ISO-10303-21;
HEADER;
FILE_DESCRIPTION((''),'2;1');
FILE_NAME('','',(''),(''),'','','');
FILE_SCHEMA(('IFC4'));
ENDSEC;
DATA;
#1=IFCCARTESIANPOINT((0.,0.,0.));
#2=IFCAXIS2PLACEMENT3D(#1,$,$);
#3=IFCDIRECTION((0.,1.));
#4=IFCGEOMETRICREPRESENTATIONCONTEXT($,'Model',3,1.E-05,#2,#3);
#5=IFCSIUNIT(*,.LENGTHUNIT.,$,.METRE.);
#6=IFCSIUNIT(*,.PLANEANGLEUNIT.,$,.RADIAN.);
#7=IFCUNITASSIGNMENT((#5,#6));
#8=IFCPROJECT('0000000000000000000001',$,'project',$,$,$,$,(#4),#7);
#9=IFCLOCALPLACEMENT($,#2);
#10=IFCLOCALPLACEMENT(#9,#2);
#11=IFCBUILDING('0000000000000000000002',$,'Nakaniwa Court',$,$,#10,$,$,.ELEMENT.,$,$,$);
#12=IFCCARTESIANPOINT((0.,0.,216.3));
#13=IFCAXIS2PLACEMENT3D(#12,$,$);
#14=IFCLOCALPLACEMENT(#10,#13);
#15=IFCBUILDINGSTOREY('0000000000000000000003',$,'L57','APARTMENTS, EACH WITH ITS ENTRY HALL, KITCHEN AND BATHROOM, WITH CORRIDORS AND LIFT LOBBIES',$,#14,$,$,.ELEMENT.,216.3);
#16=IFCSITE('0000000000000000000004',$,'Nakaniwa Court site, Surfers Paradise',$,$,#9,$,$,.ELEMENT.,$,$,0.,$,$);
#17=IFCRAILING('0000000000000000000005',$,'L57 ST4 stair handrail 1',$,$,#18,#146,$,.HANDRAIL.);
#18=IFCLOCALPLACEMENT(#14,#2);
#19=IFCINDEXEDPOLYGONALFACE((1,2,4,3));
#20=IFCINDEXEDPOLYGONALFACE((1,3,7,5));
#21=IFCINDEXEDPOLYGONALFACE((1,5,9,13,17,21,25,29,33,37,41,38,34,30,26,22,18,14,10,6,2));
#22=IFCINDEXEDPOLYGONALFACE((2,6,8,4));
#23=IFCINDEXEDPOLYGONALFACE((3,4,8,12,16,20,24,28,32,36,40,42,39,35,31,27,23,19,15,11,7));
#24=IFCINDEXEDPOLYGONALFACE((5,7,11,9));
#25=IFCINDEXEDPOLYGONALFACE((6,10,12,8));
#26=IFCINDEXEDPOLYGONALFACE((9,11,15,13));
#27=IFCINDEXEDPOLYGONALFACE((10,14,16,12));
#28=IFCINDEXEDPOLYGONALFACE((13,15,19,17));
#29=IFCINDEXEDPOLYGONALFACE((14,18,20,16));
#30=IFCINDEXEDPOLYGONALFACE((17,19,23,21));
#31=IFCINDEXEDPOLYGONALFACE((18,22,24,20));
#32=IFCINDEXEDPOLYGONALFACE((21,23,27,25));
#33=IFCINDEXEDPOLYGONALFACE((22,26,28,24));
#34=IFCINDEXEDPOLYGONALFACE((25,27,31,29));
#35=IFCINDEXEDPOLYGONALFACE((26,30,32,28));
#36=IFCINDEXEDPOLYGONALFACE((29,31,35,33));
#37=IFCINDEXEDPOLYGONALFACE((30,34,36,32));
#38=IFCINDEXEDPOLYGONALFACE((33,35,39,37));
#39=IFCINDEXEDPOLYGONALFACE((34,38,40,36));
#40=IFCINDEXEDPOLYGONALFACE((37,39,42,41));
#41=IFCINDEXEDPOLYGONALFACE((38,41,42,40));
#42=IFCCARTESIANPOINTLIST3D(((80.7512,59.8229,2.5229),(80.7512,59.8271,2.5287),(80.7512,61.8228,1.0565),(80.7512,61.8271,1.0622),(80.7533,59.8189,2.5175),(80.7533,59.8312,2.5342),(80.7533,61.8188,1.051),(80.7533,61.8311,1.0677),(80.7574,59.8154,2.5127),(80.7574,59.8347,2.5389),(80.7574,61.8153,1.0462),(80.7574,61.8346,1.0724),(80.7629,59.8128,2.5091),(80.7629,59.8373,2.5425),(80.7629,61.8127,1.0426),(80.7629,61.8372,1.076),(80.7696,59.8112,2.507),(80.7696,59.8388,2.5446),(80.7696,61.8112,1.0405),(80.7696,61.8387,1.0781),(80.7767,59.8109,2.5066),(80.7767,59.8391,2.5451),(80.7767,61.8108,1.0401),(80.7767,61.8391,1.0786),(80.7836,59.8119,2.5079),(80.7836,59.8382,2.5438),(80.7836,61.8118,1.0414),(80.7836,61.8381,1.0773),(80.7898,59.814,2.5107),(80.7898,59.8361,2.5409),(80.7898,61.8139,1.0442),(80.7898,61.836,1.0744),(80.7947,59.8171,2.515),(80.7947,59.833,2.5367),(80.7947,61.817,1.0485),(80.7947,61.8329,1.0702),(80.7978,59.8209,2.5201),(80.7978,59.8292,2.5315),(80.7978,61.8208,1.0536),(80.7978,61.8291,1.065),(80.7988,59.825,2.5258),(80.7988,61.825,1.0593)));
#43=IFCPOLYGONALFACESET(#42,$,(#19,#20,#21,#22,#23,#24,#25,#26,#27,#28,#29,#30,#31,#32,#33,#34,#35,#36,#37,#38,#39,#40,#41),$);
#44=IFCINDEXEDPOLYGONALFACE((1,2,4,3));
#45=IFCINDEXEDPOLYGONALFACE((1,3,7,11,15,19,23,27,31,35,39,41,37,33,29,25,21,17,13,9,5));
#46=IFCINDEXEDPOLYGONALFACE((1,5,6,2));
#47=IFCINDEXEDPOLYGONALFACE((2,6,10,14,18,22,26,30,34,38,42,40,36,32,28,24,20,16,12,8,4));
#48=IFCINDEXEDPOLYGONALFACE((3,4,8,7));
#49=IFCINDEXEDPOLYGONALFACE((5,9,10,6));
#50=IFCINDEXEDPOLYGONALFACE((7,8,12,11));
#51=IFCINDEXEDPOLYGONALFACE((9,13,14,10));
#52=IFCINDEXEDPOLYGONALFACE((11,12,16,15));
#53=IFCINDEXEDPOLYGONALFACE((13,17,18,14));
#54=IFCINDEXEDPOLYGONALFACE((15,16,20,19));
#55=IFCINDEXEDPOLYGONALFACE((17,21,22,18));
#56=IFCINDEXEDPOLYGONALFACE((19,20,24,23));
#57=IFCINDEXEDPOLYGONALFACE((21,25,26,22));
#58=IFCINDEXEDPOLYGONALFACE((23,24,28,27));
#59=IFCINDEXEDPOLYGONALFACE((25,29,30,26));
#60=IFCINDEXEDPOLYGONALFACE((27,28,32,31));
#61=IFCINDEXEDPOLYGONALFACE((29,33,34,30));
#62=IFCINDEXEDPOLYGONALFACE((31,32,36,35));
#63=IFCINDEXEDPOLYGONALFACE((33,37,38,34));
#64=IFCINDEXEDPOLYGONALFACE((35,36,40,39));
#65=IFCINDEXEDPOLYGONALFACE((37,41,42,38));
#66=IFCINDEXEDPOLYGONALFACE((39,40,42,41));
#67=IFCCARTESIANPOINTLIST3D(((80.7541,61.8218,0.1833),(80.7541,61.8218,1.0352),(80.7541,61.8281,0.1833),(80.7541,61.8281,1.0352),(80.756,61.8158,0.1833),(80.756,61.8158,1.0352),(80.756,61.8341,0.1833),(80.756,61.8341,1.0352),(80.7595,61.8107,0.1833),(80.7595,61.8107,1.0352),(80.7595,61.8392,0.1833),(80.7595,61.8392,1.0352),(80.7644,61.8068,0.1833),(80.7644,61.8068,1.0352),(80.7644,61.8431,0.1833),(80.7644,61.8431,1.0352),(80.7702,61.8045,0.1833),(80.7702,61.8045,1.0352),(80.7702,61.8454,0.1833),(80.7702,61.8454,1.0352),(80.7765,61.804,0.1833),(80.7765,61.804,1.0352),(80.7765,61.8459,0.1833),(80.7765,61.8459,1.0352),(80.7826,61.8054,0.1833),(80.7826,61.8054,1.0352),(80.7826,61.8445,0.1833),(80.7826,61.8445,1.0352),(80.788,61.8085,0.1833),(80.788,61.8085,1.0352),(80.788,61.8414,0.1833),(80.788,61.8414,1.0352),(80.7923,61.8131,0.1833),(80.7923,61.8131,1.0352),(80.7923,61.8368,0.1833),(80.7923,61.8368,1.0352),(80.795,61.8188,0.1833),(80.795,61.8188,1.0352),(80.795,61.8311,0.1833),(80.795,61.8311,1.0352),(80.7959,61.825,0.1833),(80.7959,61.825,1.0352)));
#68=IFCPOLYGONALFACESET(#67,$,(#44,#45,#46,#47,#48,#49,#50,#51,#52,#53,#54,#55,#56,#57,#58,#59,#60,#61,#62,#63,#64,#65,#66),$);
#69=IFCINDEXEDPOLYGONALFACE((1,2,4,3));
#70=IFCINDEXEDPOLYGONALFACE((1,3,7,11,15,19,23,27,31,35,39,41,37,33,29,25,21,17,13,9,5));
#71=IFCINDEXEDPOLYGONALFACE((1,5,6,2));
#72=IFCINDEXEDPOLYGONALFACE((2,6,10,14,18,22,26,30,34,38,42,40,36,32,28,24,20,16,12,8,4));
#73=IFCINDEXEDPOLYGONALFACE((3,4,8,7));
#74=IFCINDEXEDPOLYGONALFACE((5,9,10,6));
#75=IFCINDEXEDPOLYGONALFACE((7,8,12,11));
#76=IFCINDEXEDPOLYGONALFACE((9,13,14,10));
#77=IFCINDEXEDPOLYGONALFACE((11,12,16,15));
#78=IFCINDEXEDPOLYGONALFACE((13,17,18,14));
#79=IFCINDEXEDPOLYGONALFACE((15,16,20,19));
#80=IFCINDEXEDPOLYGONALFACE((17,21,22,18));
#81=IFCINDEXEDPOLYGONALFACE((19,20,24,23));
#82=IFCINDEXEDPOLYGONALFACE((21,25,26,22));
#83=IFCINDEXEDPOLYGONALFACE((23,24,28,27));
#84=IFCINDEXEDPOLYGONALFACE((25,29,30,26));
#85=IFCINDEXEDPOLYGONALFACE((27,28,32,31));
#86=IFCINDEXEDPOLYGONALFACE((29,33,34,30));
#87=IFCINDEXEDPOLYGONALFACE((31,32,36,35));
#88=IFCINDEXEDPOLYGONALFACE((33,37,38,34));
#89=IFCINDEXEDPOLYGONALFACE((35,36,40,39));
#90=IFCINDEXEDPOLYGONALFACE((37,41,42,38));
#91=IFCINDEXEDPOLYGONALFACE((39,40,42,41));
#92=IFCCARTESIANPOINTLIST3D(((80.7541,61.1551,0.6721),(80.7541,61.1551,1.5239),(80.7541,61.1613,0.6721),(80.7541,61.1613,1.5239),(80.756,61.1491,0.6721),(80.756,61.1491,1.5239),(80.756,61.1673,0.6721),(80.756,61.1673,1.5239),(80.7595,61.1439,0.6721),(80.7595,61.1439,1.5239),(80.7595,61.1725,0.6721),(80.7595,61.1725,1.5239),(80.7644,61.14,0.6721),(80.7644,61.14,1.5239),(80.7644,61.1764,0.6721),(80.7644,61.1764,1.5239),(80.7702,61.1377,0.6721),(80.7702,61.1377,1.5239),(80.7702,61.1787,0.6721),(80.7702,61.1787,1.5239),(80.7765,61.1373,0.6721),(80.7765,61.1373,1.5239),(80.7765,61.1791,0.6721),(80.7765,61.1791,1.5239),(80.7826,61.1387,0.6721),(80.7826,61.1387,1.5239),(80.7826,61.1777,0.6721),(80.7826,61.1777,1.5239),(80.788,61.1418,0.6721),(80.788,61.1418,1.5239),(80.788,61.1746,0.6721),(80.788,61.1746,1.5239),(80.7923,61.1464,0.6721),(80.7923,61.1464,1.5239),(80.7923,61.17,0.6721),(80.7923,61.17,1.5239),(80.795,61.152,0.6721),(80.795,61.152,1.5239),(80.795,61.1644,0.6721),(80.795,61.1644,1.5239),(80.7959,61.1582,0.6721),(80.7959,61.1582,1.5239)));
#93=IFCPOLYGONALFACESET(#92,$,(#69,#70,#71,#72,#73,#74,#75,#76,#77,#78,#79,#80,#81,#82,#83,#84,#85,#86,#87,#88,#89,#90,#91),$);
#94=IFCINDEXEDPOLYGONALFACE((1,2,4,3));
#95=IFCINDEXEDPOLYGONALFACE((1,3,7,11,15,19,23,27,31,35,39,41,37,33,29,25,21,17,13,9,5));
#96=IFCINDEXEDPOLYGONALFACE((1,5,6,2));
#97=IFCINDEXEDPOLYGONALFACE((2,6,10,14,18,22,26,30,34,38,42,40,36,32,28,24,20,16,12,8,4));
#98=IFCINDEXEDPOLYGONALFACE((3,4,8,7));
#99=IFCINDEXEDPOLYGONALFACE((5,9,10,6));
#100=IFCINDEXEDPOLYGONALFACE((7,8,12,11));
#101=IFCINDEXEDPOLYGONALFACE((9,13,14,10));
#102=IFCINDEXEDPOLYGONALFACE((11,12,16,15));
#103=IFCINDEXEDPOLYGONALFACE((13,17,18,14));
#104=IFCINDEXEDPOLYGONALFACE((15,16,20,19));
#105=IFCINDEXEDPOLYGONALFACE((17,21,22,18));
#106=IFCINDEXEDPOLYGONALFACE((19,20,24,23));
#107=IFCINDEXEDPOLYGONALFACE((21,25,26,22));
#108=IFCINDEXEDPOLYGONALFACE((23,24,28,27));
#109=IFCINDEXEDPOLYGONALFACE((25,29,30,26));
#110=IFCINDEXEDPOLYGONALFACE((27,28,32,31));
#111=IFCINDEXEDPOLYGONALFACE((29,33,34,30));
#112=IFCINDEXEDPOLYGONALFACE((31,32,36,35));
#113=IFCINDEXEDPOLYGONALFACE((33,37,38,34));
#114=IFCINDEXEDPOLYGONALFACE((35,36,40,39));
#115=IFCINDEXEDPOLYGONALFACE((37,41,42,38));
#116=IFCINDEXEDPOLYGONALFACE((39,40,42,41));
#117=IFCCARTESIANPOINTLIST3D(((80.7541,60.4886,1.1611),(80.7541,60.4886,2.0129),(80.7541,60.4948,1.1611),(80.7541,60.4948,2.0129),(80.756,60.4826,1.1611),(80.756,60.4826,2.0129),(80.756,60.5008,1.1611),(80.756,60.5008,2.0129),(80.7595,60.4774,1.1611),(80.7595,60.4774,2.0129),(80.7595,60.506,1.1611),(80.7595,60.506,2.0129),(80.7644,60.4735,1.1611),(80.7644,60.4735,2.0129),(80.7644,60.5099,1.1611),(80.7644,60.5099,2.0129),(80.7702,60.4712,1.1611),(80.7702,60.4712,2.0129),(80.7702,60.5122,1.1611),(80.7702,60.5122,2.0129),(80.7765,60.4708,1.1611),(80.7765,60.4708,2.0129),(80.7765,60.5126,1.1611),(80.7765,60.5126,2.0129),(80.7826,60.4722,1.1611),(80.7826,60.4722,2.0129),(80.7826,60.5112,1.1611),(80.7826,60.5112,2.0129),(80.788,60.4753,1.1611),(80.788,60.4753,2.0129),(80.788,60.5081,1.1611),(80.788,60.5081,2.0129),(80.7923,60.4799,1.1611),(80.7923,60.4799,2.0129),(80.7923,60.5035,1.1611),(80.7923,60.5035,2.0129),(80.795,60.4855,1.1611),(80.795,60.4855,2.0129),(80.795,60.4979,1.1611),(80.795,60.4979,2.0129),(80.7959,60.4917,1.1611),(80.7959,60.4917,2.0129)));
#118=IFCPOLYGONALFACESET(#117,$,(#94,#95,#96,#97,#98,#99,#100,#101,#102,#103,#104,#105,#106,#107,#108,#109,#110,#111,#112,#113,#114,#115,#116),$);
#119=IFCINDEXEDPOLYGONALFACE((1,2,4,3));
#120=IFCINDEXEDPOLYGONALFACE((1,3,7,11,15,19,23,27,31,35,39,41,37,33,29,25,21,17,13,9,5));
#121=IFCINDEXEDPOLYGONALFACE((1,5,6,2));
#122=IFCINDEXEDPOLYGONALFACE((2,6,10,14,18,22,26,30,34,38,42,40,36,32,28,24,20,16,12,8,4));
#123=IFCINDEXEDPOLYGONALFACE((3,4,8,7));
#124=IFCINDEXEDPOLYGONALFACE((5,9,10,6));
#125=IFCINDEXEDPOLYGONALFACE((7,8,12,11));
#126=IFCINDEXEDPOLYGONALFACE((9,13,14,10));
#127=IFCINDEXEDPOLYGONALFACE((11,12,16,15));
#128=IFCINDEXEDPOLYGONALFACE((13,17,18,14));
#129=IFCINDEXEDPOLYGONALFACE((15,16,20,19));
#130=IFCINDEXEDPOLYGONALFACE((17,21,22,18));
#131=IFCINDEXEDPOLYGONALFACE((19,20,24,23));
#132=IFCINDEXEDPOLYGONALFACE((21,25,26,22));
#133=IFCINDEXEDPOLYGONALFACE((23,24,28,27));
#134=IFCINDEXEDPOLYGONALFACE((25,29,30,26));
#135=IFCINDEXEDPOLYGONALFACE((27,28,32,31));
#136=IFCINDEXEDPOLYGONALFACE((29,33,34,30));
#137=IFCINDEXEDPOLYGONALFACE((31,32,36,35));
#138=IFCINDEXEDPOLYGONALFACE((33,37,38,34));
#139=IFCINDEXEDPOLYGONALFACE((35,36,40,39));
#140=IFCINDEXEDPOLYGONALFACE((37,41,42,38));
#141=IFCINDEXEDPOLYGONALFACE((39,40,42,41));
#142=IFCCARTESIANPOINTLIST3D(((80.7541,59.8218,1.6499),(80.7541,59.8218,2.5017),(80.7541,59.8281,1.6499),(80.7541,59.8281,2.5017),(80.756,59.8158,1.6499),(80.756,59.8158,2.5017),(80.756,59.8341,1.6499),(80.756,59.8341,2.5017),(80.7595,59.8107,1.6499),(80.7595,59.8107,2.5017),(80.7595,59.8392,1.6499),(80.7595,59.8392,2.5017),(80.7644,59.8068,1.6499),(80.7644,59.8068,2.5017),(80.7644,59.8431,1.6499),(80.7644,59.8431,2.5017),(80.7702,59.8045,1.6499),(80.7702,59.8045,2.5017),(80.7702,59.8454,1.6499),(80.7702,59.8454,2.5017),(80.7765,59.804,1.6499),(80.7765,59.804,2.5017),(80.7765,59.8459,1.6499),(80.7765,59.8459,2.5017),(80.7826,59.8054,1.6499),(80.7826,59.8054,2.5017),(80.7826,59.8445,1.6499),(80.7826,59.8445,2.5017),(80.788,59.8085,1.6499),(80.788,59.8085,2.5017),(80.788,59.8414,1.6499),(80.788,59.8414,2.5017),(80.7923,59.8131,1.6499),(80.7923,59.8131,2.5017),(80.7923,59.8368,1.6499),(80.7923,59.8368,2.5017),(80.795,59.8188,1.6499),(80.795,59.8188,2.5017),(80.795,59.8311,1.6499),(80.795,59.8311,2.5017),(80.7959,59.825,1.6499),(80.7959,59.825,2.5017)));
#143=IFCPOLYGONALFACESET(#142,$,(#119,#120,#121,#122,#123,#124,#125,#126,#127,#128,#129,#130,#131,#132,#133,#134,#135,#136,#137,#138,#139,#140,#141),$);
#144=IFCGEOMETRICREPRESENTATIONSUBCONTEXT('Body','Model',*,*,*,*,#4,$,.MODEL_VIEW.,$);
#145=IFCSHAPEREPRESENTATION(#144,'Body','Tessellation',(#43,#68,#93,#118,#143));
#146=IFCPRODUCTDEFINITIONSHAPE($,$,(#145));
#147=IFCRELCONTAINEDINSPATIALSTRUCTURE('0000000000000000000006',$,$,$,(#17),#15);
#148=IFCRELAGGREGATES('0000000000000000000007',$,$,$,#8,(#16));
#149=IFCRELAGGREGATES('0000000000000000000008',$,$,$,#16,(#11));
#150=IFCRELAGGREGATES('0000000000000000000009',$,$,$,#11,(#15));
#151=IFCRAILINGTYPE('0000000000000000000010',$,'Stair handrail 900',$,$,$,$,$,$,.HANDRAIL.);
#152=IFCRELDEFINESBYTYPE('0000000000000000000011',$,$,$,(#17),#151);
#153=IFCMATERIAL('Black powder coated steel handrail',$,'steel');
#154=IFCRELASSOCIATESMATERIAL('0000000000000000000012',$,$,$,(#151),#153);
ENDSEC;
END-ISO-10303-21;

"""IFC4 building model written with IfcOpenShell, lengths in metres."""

from ifc_helpers import new_model, si_unit, direction, frame, origin, origin_2d, place, context, subcontext, project, spatial, circle, extrude, material, type_object, element, save


model = new_model("IFC4")

# Units and contexts
model_context = context("Model", 3, precision=1e-05, world=origin(), true_north=direction((0.0, 1.0)))
body_context = subcontext(model_context, "Body", "Model", "MODEL_VIEW")
ifc_project = project(units=[si_unit("LENGTHUNIT", "METRE"), si_unit("PLANEANGLEUNIT", "RADIAN")], contexts=[model_context])

# Site, building, storey
site_placement = place(None, origin())
site = spatial("IfcSite", under=ifc_project, at=site_placement, Name="Nakaniwa Court site, Surfers Paradise", CompositionType="ELEMENT", RefElevation=0.0)
building_placement = place(site_placement, origin())
building = spatial("IfcBuilding", under=site, at=building_placement, Name="Nakaniwa Court", CompositionType="ELEMENT")
storey_placement = place(building_placement, frame((0.0, 0.0, 216.3)))
storey = spatial("IfcBuildingStorey", under=building, at=storey_placement, Name="L57", Description="APARTMENTS, EACH WITH ITS ENTRY HALL, KITCHEN AND BATHROOM, WITH CORRIDORS AND LIFT LOBBIES", CompositionType="ELEMENT", Elevation=216.3)

# Railing
ifc_material_1 = material(Name="Black powder coated steel handrail", Category="steel")
railing_type_1 = type_object("IfcRailingType", Name="Stair handrail 900", PredefinedType="HANDRAIL", material=ifc_material_1)
railing_1_placement = place(storey_placement, frame((80.7749, 61.825, 0.1833)))
element("IfcRailing", 1, at=railing_1_placement, inside=storey, type_object=railing_type_1, Name="L57 ST4 stair handrail 1", PredefinedType="HANDRAIL", context=body_context, shape_type="SweptSolid", body=[
    extrude(circle(Radius=0.0239, at=origin_2d()), frame((0.0, 0.0, 0.876), z_axis=(0.0, -0.806427, 0.591334), x_axis=(1.0, 0.0, 0.0)), (0.0, 0.0, 1.0), 2.48),
    extrude(circle(Radius=0.021, at=origin_2d()), origin(), (0.0, 0.0, 1.0), 0.8518),
    extrude(circle(Radius=0.021, at=origin_2d()), frame((0.0, -0.6667, 0.4888)), (0.0, 0.0, 1.0), 0.8518),
    extrude(circle(Radius=0.021, at=origin_2d()), frame((0.0, -1.3333, 0.9778)), (0.0, 0.0, 1.0), 0.8518),
    extrude(circle(Radius=0.021, at=origin_2d()), frame((0.0, -2.0, 1.4666)), (0.0, 0.0, 1.0), 0.8518),
])

save(model, "model.ifc")
